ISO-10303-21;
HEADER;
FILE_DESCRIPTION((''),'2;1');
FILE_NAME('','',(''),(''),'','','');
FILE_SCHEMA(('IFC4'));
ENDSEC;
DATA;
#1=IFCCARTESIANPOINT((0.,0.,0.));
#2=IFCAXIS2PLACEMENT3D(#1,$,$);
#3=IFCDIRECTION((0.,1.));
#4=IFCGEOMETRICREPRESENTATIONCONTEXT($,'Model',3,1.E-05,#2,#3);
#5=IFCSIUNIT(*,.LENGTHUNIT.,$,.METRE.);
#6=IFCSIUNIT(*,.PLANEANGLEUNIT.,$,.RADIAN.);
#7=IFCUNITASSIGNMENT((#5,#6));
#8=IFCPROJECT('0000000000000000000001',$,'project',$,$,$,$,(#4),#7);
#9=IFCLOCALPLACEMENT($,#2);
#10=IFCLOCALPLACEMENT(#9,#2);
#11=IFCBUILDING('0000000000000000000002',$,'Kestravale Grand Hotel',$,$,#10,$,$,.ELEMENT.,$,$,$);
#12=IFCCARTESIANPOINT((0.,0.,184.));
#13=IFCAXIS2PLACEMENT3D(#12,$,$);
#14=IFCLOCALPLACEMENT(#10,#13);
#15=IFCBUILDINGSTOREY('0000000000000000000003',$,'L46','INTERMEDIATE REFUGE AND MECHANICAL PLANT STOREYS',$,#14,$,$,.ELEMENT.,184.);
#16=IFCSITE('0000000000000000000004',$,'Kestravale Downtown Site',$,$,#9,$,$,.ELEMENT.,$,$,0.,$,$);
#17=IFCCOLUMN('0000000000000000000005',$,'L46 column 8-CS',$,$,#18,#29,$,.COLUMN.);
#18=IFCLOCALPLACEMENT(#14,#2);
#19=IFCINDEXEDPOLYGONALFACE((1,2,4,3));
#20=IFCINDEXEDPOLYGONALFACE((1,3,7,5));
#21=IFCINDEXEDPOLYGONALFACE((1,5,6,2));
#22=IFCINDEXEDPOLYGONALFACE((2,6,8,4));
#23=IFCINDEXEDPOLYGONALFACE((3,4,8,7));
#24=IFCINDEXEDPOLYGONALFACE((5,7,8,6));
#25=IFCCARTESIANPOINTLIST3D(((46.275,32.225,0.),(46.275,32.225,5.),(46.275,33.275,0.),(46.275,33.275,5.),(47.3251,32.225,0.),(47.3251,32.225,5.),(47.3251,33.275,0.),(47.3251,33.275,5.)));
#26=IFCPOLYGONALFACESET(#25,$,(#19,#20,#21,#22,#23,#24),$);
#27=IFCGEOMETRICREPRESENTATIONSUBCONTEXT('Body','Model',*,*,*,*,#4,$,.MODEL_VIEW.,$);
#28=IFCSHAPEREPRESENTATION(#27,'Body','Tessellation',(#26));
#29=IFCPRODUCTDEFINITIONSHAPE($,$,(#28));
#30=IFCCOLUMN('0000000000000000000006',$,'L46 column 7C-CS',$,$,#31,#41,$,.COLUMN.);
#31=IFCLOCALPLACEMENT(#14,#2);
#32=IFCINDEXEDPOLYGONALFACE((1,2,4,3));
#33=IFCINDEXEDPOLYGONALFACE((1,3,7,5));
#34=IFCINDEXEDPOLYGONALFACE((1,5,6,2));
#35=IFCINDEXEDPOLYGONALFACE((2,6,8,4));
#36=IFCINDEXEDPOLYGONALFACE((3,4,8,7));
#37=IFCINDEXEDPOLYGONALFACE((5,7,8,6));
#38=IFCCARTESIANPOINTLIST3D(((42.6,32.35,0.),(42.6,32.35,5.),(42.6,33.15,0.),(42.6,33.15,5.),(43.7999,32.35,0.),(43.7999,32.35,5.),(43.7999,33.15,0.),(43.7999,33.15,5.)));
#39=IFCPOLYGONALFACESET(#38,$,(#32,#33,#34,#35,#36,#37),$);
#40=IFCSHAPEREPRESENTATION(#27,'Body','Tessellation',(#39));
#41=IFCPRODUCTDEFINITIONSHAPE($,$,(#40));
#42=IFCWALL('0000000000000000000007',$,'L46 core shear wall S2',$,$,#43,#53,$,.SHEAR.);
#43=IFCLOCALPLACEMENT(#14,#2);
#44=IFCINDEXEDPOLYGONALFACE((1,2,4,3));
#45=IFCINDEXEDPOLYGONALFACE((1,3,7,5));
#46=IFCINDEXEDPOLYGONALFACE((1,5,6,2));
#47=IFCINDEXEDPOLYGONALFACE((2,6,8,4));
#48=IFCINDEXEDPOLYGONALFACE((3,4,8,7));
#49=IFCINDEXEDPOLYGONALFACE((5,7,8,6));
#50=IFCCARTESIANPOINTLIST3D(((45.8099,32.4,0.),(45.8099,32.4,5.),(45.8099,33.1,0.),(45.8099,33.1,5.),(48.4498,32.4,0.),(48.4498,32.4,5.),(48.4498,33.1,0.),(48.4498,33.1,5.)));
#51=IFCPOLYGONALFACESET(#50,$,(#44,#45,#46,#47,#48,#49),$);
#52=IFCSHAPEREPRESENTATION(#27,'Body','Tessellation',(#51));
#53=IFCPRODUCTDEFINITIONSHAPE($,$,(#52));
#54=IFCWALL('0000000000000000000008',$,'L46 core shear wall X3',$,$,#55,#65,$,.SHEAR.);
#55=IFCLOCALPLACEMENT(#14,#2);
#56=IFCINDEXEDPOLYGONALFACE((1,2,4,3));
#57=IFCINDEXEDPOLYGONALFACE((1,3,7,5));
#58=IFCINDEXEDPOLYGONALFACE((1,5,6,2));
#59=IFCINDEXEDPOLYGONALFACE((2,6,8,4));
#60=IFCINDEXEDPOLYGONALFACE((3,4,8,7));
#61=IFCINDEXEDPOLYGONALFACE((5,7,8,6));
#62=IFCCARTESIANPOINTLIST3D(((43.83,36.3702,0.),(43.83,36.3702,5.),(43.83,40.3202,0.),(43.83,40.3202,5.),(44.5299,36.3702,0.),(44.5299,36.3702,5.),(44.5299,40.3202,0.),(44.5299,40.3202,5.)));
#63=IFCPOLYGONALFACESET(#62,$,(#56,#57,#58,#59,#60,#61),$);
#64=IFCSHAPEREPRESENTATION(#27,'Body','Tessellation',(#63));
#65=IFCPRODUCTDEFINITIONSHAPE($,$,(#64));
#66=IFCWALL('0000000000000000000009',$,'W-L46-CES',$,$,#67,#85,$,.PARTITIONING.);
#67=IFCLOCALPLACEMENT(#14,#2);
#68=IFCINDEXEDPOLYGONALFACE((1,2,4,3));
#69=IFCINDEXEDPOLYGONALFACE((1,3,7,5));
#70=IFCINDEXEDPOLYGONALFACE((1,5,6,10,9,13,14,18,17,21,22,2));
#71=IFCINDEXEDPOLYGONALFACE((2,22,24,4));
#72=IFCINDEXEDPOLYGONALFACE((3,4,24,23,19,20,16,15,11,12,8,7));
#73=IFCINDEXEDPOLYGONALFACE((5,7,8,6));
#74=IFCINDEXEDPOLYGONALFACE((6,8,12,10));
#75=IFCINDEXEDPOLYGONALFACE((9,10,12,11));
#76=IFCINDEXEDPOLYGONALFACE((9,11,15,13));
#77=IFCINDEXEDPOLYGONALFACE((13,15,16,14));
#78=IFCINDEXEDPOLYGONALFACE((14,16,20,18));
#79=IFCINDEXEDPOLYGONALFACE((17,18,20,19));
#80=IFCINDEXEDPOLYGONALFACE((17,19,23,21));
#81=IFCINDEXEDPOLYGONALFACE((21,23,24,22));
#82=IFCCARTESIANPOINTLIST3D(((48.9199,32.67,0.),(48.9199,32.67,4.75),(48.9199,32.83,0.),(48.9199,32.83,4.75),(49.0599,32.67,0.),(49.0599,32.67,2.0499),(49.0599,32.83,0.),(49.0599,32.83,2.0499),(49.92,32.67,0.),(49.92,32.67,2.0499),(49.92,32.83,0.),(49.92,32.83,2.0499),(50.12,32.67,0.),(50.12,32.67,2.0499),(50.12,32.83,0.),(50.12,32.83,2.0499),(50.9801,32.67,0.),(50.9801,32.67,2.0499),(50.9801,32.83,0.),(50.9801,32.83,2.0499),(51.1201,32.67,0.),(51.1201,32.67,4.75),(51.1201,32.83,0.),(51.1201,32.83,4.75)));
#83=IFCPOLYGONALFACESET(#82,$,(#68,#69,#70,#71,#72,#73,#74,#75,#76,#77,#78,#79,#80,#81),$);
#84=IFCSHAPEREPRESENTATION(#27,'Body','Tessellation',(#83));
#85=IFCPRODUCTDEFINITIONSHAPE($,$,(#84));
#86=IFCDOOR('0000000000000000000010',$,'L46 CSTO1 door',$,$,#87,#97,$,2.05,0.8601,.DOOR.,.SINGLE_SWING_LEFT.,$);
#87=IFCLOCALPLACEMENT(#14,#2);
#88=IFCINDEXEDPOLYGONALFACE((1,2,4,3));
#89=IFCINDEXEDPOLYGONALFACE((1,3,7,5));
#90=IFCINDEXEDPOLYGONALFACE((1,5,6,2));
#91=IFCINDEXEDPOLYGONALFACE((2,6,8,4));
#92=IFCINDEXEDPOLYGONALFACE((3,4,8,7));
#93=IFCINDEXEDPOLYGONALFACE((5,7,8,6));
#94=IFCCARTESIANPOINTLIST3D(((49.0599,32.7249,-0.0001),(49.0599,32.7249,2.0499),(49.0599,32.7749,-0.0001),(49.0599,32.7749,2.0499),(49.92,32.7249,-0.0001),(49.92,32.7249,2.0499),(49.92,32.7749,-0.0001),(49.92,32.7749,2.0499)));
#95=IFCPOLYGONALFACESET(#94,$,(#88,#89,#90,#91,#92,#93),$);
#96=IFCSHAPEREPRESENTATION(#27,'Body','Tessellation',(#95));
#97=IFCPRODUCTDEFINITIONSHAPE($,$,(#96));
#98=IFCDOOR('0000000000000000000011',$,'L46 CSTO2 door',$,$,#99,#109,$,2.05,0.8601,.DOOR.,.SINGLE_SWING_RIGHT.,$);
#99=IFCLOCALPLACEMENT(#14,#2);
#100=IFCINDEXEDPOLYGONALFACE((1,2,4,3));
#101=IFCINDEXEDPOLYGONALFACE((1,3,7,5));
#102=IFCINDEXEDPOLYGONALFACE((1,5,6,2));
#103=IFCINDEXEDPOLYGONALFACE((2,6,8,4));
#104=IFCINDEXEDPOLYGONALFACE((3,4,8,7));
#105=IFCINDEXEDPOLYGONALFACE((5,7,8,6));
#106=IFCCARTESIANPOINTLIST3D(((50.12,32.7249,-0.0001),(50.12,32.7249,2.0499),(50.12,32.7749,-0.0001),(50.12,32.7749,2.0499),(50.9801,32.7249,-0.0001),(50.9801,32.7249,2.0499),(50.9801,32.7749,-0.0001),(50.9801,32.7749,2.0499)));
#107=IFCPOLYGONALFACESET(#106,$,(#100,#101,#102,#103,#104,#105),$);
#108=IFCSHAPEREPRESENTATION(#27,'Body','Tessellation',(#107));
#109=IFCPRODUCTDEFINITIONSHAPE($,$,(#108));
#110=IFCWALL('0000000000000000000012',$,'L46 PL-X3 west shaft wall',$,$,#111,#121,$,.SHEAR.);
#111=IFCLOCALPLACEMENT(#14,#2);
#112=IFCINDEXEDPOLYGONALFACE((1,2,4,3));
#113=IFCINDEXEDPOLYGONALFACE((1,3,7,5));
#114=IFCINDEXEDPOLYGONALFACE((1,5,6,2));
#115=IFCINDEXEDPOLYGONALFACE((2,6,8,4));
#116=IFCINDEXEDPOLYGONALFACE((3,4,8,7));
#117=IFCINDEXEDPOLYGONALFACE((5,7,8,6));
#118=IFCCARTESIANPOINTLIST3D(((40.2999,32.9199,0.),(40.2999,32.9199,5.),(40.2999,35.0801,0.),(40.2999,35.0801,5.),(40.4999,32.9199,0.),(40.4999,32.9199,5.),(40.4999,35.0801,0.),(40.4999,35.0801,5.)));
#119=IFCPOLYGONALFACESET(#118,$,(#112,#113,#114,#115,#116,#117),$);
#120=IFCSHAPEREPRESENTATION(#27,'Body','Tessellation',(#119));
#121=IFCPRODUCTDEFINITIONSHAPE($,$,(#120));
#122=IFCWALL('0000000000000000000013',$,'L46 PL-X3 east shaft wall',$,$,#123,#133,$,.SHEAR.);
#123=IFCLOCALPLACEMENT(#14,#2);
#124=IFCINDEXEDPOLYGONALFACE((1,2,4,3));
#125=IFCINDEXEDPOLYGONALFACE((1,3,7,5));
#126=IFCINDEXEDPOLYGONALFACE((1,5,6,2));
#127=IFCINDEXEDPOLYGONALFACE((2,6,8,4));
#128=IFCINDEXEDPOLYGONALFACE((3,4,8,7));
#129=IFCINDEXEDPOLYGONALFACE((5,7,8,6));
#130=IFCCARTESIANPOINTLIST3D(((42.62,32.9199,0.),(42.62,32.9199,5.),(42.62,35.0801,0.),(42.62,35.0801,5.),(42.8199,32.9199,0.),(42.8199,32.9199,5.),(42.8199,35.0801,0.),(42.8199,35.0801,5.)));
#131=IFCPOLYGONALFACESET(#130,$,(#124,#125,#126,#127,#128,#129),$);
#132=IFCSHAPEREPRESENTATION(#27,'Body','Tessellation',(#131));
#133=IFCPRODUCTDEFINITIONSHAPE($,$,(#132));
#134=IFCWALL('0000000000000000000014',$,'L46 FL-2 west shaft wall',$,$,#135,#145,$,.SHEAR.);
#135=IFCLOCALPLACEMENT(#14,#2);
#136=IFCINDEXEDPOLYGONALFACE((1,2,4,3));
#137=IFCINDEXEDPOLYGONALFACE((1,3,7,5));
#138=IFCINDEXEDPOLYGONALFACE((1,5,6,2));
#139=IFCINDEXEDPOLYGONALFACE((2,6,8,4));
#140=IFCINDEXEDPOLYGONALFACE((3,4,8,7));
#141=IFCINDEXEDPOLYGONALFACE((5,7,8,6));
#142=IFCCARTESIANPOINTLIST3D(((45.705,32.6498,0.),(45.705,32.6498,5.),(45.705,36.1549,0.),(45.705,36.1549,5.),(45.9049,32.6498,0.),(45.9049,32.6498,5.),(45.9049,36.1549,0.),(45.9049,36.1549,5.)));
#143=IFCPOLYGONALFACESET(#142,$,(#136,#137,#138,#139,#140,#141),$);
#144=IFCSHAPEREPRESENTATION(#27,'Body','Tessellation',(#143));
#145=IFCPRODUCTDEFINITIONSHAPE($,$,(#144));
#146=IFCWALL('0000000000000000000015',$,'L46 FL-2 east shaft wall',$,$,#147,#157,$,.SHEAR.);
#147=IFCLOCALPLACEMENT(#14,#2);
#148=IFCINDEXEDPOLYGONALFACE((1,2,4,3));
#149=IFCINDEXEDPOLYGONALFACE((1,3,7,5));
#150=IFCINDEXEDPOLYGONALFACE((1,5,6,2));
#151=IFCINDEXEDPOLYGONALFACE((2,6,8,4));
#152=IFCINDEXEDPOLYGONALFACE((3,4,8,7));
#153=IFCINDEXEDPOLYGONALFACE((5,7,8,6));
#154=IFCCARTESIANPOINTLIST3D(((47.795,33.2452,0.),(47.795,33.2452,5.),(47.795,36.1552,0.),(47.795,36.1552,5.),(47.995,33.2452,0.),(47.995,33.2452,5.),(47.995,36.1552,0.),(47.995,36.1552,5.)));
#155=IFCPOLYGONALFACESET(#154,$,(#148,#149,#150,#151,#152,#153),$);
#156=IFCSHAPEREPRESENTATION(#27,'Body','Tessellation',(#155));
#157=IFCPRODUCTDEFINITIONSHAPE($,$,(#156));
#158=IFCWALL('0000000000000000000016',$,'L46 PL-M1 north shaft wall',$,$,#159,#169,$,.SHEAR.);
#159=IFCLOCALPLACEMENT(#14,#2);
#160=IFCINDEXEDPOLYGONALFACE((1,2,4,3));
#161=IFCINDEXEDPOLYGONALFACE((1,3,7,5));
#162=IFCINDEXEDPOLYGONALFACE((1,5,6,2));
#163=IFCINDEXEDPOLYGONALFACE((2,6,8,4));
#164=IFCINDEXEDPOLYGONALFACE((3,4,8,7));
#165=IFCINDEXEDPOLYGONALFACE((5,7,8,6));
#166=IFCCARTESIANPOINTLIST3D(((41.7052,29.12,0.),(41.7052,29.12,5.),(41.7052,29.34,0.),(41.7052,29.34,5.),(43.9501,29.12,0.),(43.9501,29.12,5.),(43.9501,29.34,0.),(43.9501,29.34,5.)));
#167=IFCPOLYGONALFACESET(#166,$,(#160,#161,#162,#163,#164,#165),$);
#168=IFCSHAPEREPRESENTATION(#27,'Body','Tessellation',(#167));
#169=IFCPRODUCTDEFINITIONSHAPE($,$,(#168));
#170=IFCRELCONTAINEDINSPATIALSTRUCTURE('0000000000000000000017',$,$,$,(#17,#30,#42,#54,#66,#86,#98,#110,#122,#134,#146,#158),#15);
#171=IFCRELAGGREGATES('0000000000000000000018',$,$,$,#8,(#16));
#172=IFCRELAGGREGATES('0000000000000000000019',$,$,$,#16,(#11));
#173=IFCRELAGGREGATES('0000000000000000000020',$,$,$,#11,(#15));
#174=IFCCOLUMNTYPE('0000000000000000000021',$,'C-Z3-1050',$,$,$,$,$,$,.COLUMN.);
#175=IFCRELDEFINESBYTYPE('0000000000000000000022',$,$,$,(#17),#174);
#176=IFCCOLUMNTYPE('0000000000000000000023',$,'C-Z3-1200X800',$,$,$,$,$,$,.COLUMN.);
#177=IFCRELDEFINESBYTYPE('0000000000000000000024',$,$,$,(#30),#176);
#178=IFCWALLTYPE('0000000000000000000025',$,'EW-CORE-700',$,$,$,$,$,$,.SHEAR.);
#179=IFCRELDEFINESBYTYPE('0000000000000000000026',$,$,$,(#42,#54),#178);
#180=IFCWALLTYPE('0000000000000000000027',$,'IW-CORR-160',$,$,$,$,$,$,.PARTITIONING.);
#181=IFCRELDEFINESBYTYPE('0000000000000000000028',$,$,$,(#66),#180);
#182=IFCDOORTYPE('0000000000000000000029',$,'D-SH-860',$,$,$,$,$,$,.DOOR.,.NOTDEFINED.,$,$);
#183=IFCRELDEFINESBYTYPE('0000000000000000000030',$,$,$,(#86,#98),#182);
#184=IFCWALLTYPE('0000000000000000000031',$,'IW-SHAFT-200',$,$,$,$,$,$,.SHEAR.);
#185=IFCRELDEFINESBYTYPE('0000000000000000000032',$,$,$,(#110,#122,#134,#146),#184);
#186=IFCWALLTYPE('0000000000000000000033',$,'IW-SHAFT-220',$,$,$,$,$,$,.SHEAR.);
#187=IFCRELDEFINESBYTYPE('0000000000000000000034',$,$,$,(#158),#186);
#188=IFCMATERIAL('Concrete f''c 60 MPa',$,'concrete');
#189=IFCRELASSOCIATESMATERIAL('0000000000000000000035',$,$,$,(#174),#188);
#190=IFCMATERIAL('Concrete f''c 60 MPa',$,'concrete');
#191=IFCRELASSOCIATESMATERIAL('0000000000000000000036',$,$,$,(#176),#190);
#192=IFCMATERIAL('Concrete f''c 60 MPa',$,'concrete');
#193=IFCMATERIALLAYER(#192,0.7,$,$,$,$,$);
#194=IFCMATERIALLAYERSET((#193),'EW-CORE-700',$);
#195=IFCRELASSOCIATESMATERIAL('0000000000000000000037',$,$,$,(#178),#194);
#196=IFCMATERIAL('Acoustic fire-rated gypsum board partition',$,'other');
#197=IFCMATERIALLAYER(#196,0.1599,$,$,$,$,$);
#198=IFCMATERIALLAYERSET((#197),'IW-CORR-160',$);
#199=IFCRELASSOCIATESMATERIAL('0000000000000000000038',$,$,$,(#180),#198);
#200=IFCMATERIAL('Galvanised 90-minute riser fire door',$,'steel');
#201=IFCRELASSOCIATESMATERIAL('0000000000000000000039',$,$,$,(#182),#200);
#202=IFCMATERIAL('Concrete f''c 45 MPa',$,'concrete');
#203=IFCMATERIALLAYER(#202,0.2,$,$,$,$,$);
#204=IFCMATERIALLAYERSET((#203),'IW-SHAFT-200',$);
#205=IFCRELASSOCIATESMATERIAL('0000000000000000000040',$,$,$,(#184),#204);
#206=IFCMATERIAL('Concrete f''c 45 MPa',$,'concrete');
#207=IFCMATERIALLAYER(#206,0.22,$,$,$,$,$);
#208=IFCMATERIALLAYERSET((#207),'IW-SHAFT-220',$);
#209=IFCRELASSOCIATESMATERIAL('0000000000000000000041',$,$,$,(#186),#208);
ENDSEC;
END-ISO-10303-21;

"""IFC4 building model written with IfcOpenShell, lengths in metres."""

from ifc_helpers import new_model, si_unit, direction, frame, frame_2d, origin, origin_2d, place, context, subcontext, project, spatial, rectangle, extrude, material, layer, layer_set, material_profile, profile_set, type_object, element, fill, save


model = new_model("IFC4")

# Units and contexts
model_context = context("Model", 3, precision=1e-05, world=origin(), true_north=direction((0.0, 1.0)))
body_context = subcontext(model_context, "Body", "Model", "MODEL_VIEW")
ifc_project = project(units=[si_unit("LENGTHUNIT", "METRE"), si_unit("PLANEANGLEUNIT", "RADIAN")], contexts=[model_context])

# Site, building, storey
site_placement = place(None, origin())
site = spatial("IfcSite", under=ifc_project, at=site_placement, Name="Kestravale Downtown Site", CompositionType="ELEMENT", RefElevation=0.0)
building_placement = place(site_placement, origin())
building = spatial("IfcBuilding", under=site, at=building_placement, Name="Kestravale Grand Hotel", CompositionType="ELEMENT")
storey_placement = place(building_placement, frame((0.0, 0.0, 184.0)))
storey = spatial("IfcBuildingStorey", under=building, at=storey_placement, Name="L46", Description="INTERMEDIATE REFUGE AND MECHANICAL PLANT STOREYS", CompositionType="ELEMENT", Elevation=184.0)

# Columns
ifc_material_1 = material(Name="Concrete f'c 60 MPa", Category="concrete")
ifc_material_profile_1 = material_profile(ifc_material_1, rectangle(XDim=1.05, YDim=1.05, at=origin_2d()))
ifc_profile_set_1 = profile_set([ifc_material_profile_1], Name="Concrete f'c 60 MPa")
column_type_1 = type_object("IfcColumnType", Name="C-Z3-1050", PredefinedType="COLUMN", material=ifc_profile_set_1)
column_1_placement = place(storey_placement, frame((46.8, 32.75, 0.0), z_axis=(0.0, 0.0, 1.0), x_axis=(1.0, 0.0, 0.0)))
element("IfcColumn", 1, at=column_1_placement, inside=storey, type_object=column_type_1, Name="L46 column 8-CS", PredefinedType="COLUMN", context=body_context, shape_type="SweptSolid", body=[
    extrude(rectangle(XDim=1.05, YDim=1.05, at=origin_2d()), origin(), (0.0, 0.0, 1.0), 5.0),
])
ifc_material_2 = material(Name="Concrete f'c 60 MPa", Category="concrete")
ifc_material_profile_2 = material_profile(ifc_material_2, rectangle(XDim=1.2, YDim=0.8, at=origin_2d()))
ifc_profile_set_2 = profile_set([ifc_material_profile_2], Name="Concrete f'c 60 MPa")
column_type_2 = type_object("IfcColumnType", Name="C-Z3-1200X800", PredefinedType="COLUMN", material=ifc_profile_set_2)
column_2_placement = place(storey_placement, frame((43.2, 32.75, 0.0), z_axis=(0.0, 0.0, 1.0), x_axis=(1.0, 0.0, 0.0)))
element("IfcColumn", 2, at=column_2_placement, inside=storey, type_object=column_type_2, Name="L46 column 7C-CS", PredefinedType="COLUMN", context=body_context, shape_type="SweptSolid", body=[
    extrude(rectangle(XDim=1.2, YDim=0.8, at=origin_2d()), origin(), (0.0, 0.0, 1.0), 5.0),
])

# Walls
ifc_material_3 = material(Name="Concrete f'c 60 MPa", Category="concrete")
ifc_layer_1 = layer(ifc_material_3, 0.7)
ifc_layer_set_1 = layer_set([ifc_layer_1], Name="EW-CORE-700")
wall_type_1 = type_object("IfcWallType", Name="EW-CORE-700", PredefinedType="SHEAR", material=ifc_layer_set_1)
wall_1_placement = place(storey_placement, frame((45.8101, 32.75, 0.0), z_axis=(0.0, 0.0, 1.0), x_axis=(1.0, 0.0, 0.0)))
element("IfcWall", 3, at=wall_1_placement, inside=storey, type_object=wall_type_1, Name="L46 core shear wall S2", PredefinedType="SHEAR", context=body_context, shape_type="SweptSolid", body=[
    extrude(rectangle(XDim=2.6399, YDim=0.7, at=frame_2d((1.3198, 0.0))), origin(), (0.0, 0.0, 1.0), 5.0),
])
wall_2_placement = place(storey_placement, frame((44.1799, 36.3701, 0.0), z_axis=(0.0, 0.0, 1.0), x_axis=(0.0, 1.0, 0.0)))
element("IfcWall", 4, at=wall_2_placement, inside=storey, type_object=wall_type_1, Name="L46 core shear wall X3", PredefinedType="SHEAR", context=body_context, shape_type="SweptSolid", body=[
    extrude(rectangle(XDim=3.95, YDim=0.7, at=frame_2d((1.9751, 0.0))), origin(), (0.0, 0.0, 1.0), 5.0),
])

# Wall, openings, doors
ifc_material_4 = material(Name="Acoustic fire-rated gypsum board partition", Category="other")
ifc_layer_2 = layer(ifc_material_4, 0.1599)
ifc_layer_set_2 = layer_set([ifc_layer_2], Name="IW-CORR-160")
wall_type_2 = type_object("IfcWallType", Name="IW-CORR-160", PredefinedType="PARTITIONING", material=ifc_layer_set_2)
wall_3_placement = place(storey_placement, frame((48.9199, 32.75, 0.0), z_axis=(0.0, 0.0, 1.0), x_axis=(1.0, 0.0, 0.0)))
wall_3 = element("IfcWall", 5, at=wall_3_placement, inside=storey, type_object=wall_type_2, Name="W-L46-CES", PredefinedType="PARTITIONING", context=body_context, shape_type="SweptSolid", body=[
    extrude(rectangle(XDim=2.2002, YDim=0.1599, at=frame_2d((1.1001, 0.0))), origin(), (0.0, 0.0, 1.0), 4.75),
])
opening_1_placement = place(wall_3_placement, frame((0.1399, 0.0, 0.0)))
opening_1 = element("IfcOpeningElement", 6, at=opening_1_placement, cuts=wall_3, PredefinedType="OPENING", context=body_context, shape_type="SweptSolid", body=[
    extrude(rectangle(XDim=0.8601, YDim=2.05, at=frame_2d((0.4302, 1.0249))), frame((0.0, 0.0898, 0.0), z_axis=(0.0, -1.0, 0.0), x_axis=(1.0, 0.0, 0.0)), (0.0, 0.0, 1.0), 0.1799),
])
opening_2_placement = place(wall_3_placement, frame((1.2, 0.0, 0.0)))
opening_2 = element("IfcOpeningElement", 7, at=opening_2_placement, cuts=wall_3, PredefinedType="OPENING", context=body_context, shape_type="SweptSolid", body=[
    extrude(rectangle(XDim=0.8601, YDim=2.05, at=frame_2d((0.4302, 1.0249))), frame((0.0, 0.0898, 0.0), z_axis=(0.0, -1.0, 0.0), x_axis=(1.0, 0.0, 0.0)), (0.0, 0.0, 1.0), 0.1799),
])
ifc_material_5 = material(Name="Galvanised 90-minute riser fire door", Category="steel")
door_type_1 = type_object("IfcDoorType", Name="D-SH-860", OperationType="NOTDEFINED", PredefinedType="DOOR", material=ifc_material_5)
door_1_placement = place(opening_1_placement, origin())
door_1 = element("IfcDoor", 8, at=door_1_placement, inside=storey, type_object=door_type_1, Name="L46 CSTO1 door", OperationType="SINGLE_SWING_LEFT", OverallHeight=2.05, OverallWidth=0.8601, PredefinedType="DOOR", context=body_context, shape_type="SweptSolid", body=[
    extrude(rectangle(XDim=0.8601, YDim=2.05, at=frame_2d((0.4302, 1.0249))), frame((0.0, 0.0249, 0.0), z_axis=(0.0, -1.0, 0.0), x_axis=(1.0, 0.0, 0.0)), (0.0, 0.0, 1.0), 0.05),
])
fill(opening_1, door_1)
door_2_placement = place(opening_2_placement, origin())
door_2 = element("IfcDoor", 9, at=door_2_placement, inside=storey, type_object=door_type_1, Name="L46 CSTO2 door", OperationType="SINGLE_SWING_RIGHT", OverallHeight=2.05, OverallWidth=0.8601, PredefinedType="DOOR", context=body_context, shape_type="SweptSolid", body=[
    extrude(rectangle(XDim=0.8601, YDim=2.05, at=frame_2d((0.4302, 1.0249))), frame((0.0, 0.0249, 0.0), z_axis=(0.0, -1.0, 0.0), x_axis=(1.0, 0.0, 0.0)), (0.0, 0.0, 1.0), 0.05),
])
fill(opening_2, door_2)

# Walls
ifc_material_6 = material(Name="Concrete f'c 45 MPa", Category="concrete")
ifc_layer_3 = layer(ifc_material_6, 0.2)
ifc_layer_set_3 = layer_set([ifc_layer_3], Name="IW-SHAFT-200")
wall_type_3 = type_object("IfcWallType", Name="IW-SHAFT-200", PredefinedType="SHEAR", material=ifc_layer_set_3)
for number, where, z_axis, x_axis, name in (
    (10, (40.3999, 32.9199, 0.0), (0.0, 0.0, 1.0), (0.0, 1.0, 0.0), "L46 PL-X3 west shaft wall"),
    (11, (42.72, 32.9199, 0.0), (0.0, 0.0, 1.0), (0.0, 1.0, 0.0), "L46 PL-X3 east shaft wall"),
):
    element("IfcWall", number, at=place(storey_placement, frame(where, z_axis=z_axis, x_axis=x_axis)), inside=storey, type_object=wall_type_3, Name=name, PredefinedType="SHEAR", context=body_context, shape_type="SweptSolid", body=[
        extrude(rectangle(XDim=2.1602, YDim=0.2, at=frame_2d((1.0801, 0.0))), origin(), (0.0, 0.0, 1.0), 5.0),
    ])
wall_4_placement = place(storey_placement, frame((45.8049, 32.6499, 0.0), z_axis=(0.0, 0.0, 1.0), x_axis=(0.0, 1.0, 0.0)))
element("IfcWall", 12, at=wall_4_placement, inside=storey, type_object=wall_type_3, Name="L46 FL-2 west shaft wall", PredefinedType="SHEAR", context=body_context, shape_type="SweptSolid", body=[
    extrude(rectangle(XDim=3.5051, YDim=0.2, at=frame_2d((1.7524, 0.0))), origin(), (0.0, 0.0, 1.0), 5.0),
])
wall_5_placement = place(storey_placement, frame((47.895, 33.2451, 0.0), z_axis=(0.0, 0.0, 1.0), x_axis=(0.0, 1.0, 0.0)))
element("IfcWall", 13, at=wall_5_placement, inside=storey, type_object=wall_type_3, Name="L46 FL-2 east shaft wall", PredefinedType="SHEAR", context=body_context, shape_type="SweptSolid", body=[
    extrude(rectangle(XDim=2.9099, YDim=0.2, at=frame_2d((1.4551, 0.0))), origin(), (0.0, 0.0, 1.0), 5.0),
])
ifc_material_7 = material(Name="Concrete f'c 45 MPa", Category="concrete")
ifc_layer_4 = layer(ifc_material_7, 0.22)
ifc_layer_set_4 = layer_set([ifc_layer_4], Name="IW-SHAFT-220")
wall_type_4 = type_object("IfcWallType", Name="IW-SHAFT-220", PredefinedType="SHEAR", material=ifc_layer_set_4)
wall_6_placement = place(storey_placement, frame((41.7051, 29.23, 0.0), z_axis=(0.0, 0.0, 1.0), x_axis=(1.0, 0.0, 0.0)))
element("IfcWall", 14, at=wall_6_placement, inside=storey, type_object=wall_type_4, Name="L46 PL-M1 north shaft wall", PredefinedType="SHEAR", context=body_context, shape_type="SweptSolid", body=[
    extrude(rectangle(XDim=2.2449, YDim=0.22, at=frame_2d((1.1226, 0.0))), origin(), (0.0, 0.0, 1.0), 5.0),
])

save(model, "model.ifc")
